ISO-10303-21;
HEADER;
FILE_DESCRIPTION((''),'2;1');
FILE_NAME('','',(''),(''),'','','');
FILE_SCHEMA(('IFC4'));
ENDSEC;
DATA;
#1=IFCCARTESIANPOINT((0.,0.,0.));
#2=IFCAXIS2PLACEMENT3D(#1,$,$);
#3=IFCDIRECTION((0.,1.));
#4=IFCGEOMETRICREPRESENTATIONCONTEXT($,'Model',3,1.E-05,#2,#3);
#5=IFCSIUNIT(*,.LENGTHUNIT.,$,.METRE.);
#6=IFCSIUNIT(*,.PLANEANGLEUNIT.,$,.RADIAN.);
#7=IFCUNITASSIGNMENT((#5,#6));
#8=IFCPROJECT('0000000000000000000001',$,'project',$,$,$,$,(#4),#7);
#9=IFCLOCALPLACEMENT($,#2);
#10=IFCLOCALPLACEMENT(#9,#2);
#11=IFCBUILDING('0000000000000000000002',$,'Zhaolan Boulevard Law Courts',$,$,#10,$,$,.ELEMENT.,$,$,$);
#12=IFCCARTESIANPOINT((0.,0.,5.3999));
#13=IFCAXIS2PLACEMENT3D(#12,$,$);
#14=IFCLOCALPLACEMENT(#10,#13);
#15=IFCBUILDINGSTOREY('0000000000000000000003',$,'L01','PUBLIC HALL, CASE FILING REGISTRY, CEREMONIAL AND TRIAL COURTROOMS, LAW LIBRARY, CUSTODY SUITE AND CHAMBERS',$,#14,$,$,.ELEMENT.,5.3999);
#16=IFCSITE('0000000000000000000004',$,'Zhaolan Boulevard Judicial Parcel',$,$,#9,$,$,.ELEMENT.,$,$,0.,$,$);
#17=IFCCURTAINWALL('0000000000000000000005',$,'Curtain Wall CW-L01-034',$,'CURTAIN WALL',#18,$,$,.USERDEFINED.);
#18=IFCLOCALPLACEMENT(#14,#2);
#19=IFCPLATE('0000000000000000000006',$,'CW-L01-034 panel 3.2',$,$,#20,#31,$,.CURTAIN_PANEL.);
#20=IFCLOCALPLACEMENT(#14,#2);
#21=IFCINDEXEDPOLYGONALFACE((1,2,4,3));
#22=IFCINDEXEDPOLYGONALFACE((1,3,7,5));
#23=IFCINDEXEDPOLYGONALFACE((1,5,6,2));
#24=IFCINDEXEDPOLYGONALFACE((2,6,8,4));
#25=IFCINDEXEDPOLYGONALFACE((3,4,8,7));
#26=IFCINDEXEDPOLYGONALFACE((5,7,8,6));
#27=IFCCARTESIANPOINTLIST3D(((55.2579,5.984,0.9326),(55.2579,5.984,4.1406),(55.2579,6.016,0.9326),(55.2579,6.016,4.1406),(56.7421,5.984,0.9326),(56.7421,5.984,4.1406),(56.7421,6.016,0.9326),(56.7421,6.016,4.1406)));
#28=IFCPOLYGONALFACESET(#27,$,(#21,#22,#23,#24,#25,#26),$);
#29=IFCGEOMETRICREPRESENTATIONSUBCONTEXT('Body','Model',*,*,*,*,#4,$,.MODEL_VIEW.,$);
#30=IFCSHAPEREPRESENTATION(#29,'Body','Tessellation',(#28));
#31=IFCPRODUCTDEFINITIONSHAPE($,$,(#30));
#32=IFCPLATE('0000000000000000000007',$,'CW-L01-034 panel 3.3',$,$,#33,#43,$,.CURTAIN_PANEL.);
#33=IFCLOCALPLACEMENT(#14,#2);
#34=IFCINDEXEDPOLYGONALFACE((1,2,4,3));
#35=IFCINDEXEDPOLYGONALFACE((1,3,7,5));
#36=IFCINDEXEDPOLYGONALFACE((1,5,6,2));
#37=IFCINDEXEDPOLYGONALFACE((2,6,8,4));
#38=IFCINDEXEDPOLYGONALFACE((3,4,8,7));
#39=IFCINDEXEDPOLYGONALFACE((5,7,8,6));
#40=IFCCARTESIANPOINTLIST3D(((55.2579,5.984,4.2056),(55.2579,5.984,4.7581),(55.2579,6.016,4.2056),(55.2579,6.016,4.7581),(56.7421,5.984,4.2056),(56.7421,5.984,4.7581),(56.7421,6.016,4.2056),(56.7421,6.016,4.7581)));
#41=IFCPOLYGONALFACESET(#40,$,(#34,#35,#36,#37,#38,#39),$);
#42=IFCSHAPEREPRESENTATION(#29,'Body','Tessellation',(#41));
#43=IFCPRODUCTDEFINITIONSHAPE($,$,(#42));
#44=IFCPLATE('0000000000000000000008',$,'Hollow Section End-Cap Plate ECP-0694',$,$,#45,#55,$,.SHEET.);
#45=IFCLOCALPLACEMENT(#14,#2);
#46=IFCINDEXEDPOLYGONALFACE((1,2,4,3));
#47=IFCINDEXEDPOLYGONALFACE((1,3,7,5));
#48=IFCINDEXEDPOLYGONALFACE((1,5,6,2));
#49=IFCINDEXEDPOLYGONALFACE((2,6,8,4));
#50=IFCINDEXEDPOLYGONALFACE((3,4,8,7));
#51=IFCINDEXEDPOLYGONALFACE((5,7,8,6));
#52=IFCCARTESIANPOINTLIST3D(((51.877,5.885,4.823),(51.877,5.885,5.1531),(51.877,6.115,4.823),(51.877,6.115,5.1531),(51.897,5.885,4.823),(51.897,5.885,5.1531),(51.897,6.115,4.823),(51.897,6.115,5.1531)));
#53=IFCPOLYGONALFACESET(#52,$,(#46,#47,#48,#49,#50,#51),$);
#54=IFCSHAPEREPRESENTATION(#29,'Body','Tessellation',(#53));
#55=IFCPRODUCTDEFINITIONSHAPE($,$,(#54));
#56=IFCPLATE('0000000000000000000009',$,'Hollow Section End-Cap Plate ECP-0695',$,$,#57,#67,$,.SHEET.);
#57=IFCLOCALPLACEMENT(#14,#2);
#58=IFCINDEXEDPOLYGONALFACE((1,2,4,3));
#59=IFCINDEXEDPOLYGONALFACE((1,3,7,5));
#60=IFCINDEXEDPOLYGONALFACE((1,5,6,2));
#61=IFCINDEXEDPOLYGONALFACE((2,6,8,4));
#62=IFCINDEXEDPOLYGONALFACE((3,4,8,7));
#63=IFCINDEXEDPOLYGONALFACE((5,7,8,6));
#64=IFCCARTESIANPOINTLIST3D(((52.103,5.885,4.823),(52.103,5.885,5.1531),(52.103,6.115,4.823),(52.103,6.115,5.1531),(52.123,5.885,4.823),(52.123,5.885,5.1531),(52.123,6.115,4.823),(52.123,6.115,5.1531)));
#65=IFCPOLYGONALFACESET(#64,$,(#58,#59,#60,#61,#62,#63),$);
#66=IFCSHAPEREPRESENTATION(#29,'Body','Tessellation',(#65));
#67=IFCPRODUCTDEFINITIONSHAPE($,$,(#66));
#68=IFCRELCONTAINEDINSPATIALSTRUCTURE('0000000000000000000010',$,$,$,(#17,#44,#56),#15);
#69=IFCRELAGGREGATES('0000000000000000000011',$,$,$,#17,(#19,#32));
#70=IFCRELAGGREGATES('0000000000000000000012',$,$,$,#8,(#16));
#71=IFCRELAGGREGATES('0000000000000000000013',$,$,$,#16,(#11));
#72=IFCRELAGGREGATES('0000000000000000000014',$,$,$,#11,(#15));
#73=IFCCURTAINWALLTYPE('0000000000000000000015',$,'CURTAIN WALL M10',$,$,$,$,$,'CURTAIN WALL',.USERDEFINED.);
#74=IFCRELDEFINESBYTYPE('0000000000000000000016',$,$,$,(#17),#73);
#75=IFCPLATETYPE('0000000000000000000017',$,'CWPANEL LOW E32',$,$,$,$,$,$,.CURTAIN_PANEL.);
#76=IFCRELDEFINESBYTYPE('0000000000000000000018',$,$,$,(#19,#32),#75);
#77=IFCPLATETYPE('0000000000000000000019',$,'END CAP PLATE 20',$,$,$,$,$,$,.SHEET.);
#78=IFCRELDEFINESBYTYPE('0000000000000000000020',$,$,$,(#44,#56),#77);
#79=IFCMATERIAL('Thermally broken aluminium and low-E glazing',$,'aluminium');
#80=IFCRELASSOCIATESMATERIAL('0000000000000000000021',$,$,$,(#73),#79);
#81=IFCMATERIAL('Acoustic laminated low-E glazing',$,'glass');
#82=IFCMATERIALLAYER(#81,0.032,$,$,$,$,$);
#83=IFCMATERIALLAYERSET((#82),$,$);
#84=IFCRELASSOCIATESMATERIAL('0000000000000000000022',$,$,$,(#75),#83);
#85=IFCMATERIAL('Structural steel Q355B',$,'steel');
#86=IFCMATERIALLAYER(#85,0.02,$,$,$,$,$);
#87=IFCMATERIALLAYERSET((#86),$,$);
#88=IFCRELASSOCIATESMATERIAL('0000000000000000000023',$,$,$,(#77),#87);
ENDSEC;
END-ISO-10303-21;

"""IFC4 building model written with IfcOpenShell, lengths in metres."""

from ifc_helpers import new_model, si_unit, direction, frame, origin, origin_2d, place, context, subcontext, project, spatial, rectangle, extrude, material, layer, layer_set, type_object, element, aggregate, save


model = new_model("IFC4")

# Units and contexts
model_context = context("Model", 3, precision=1e-05, world=origin(), true_north=direction((0.0, 1.0)))
body_context = subcontext(model_context, "Body", "Model", "MODEL_VIEW")
ifc_project = project(units=[si_unit("LENGTHUNIT", "METRE"), si_unit("PLANEANGLEUNIT", "RADIAN")], contexts=[model_context])

# Site, building, storey
site_placement = place(None, origin())
site = spatial("IfcSite", under=ifc_project, at=site_placement, Name="Zhaolan Boulevard Judicial Parcel", CompositionType="ELEMENT", RefElevation=0.0)
building_placement = place(site_placement, origin())
building = spatial("IfcBuilding", under=site, at=building_placement, Name="Zhaolan Boulevard Law Courts", CompositionType="ELEMENT")
storey_placement = place(building_placement, frame((0.0, 0.0, 5.3999)))
storey = spatial("IfcBuildingStorey", under=building, at=storey_placement, Name="L01", Description="PUBLIC HALL, CASE FILING REGISTRY, CEREMONIAL AND TRIAL COURTROOMS, LAW LIBRARY, CUSTODY SUITE AND CHAMBERS", CompositionType="ELEMENT", Elevation=5.3999)

# Curtain wall
ifc_material_1 = material(Name="Thermally broken aluminium and low-E glazing", Category="aluminium")
curtain_wall_type_1 = type_object("IfcCurtainWallType", Name="CURTAIN WALL M10", ElementType="CURTAIN WALL", PredefinedType="USERDEFINED", material=ifc_material_1)
curtain_wall_1_placement = place(storey_placement, origin())
curtain_wall_1 = element("IfcCurtainWall", 1, at=curtain_wall_1_placement, inside=storey, type_object=curtain_wall_type_1, Name="Curtain Wall CW-L01-034", ObjectType="CURTAIN WALL", PredefinedType="USERDEFINED")

# Plates
ifc_material_2 = material(Name="Acoustic laminated low-E glazing", Category="glass")
ifc_layer_1 = layer(ifc_material_2, 0.032)
ifc_layer_set_1 = layer_set([ifc_layer_1])
plate_type_1 = type_object("IfcPlateType", Name="CWPANEL LOW E32", PredefinedType="CURTAIN_PANEL", material=ifc_layer_set_1)
plate_1_placement = place(storey_placement, frame((56.0, 6.0, 0.9326), z_axis=(0.0, 0.0, 1.0), x_axis=(1.0, 0.0, 0.0)))
plate_1 = element("IfcPlate", 2, at=plate_1_placement, type_object=plate_type_1, Name="CW-L01-034 panel 3.2", PredefinedType="CURTAIN_PANEL", context=body_context, shape_type="SweptSolid", body=[
    extrude(rectangle(XDim=1.4841, YDim=0.032, at=origin_2d()), origin(), (0.0, 0.0, 1.0), 3.208),
])
plate_2_placement = place(storey_placement, frame((56.0, 6.0, 4.2056), z_axis=(0.0, 0.0, 1.0), x_axis=(1.0, 0.0, 0.0)))
plate_2 = element("IfcPlate", 3, at=plate_2_placement, type_object=plate_type_1, Name="CW-L01-034 panel 3.3", PredefinedType="CURTAIN_PANEL", context=body_context, shape_type="SweptSolid", body=[
    extrude(rectangle(XDim=1.4841, YDim=0.032, at=origin_2d()), origin(), (0.0, 0.0, 1.0), 0.5525),
])
aggregate(curtain_wall_1, [plate_1, plate_2])

# Plates
ifc_material_3 = material(Name="Structural steel Q355B", Category="steel")
ifc_layer_2 = layer(ifc_material_3, 0.02)
ifc_layer_set_2 = layer_set([ifc_layer_2])
plate_type_2 = type_object("IfcPlateType", Name="END CAP PLATE 20", PredefinedType="SHEET", material=ifc_layer_set_2)
for number, where, z_axis, x_axis, name in (
    (4, (51.887, 6.0, 4.823), (0.0, 0.0, 1.0), (1.0, 0.0, 0.0), "Hollow Section End-Cap Plate ECP-0694"),
    (5, (52.113, 6.0, 4.823), (0.0, 0.0, 1.0), (1.0, 0.0, 0.0), "Hollow Section End-Cap Plate ECP-0695"),
):
    element("IfcPlate", number, at=place(storey_placement, frame(where, z_axis=z_axis, x_axis=x_axis)), inside=storey, type_object=plate_type_2, Name=name, PredefinedType="SHEET", context=body_context, shape_type="SweptSolid", body=[
        extrude(rectangle(XDim=0.02, YDim=0.23, at=origin_2d()), origin(), (0.0, 0.0, 1.0), 0.3301),
    ])

save(model, "model.ifc")
